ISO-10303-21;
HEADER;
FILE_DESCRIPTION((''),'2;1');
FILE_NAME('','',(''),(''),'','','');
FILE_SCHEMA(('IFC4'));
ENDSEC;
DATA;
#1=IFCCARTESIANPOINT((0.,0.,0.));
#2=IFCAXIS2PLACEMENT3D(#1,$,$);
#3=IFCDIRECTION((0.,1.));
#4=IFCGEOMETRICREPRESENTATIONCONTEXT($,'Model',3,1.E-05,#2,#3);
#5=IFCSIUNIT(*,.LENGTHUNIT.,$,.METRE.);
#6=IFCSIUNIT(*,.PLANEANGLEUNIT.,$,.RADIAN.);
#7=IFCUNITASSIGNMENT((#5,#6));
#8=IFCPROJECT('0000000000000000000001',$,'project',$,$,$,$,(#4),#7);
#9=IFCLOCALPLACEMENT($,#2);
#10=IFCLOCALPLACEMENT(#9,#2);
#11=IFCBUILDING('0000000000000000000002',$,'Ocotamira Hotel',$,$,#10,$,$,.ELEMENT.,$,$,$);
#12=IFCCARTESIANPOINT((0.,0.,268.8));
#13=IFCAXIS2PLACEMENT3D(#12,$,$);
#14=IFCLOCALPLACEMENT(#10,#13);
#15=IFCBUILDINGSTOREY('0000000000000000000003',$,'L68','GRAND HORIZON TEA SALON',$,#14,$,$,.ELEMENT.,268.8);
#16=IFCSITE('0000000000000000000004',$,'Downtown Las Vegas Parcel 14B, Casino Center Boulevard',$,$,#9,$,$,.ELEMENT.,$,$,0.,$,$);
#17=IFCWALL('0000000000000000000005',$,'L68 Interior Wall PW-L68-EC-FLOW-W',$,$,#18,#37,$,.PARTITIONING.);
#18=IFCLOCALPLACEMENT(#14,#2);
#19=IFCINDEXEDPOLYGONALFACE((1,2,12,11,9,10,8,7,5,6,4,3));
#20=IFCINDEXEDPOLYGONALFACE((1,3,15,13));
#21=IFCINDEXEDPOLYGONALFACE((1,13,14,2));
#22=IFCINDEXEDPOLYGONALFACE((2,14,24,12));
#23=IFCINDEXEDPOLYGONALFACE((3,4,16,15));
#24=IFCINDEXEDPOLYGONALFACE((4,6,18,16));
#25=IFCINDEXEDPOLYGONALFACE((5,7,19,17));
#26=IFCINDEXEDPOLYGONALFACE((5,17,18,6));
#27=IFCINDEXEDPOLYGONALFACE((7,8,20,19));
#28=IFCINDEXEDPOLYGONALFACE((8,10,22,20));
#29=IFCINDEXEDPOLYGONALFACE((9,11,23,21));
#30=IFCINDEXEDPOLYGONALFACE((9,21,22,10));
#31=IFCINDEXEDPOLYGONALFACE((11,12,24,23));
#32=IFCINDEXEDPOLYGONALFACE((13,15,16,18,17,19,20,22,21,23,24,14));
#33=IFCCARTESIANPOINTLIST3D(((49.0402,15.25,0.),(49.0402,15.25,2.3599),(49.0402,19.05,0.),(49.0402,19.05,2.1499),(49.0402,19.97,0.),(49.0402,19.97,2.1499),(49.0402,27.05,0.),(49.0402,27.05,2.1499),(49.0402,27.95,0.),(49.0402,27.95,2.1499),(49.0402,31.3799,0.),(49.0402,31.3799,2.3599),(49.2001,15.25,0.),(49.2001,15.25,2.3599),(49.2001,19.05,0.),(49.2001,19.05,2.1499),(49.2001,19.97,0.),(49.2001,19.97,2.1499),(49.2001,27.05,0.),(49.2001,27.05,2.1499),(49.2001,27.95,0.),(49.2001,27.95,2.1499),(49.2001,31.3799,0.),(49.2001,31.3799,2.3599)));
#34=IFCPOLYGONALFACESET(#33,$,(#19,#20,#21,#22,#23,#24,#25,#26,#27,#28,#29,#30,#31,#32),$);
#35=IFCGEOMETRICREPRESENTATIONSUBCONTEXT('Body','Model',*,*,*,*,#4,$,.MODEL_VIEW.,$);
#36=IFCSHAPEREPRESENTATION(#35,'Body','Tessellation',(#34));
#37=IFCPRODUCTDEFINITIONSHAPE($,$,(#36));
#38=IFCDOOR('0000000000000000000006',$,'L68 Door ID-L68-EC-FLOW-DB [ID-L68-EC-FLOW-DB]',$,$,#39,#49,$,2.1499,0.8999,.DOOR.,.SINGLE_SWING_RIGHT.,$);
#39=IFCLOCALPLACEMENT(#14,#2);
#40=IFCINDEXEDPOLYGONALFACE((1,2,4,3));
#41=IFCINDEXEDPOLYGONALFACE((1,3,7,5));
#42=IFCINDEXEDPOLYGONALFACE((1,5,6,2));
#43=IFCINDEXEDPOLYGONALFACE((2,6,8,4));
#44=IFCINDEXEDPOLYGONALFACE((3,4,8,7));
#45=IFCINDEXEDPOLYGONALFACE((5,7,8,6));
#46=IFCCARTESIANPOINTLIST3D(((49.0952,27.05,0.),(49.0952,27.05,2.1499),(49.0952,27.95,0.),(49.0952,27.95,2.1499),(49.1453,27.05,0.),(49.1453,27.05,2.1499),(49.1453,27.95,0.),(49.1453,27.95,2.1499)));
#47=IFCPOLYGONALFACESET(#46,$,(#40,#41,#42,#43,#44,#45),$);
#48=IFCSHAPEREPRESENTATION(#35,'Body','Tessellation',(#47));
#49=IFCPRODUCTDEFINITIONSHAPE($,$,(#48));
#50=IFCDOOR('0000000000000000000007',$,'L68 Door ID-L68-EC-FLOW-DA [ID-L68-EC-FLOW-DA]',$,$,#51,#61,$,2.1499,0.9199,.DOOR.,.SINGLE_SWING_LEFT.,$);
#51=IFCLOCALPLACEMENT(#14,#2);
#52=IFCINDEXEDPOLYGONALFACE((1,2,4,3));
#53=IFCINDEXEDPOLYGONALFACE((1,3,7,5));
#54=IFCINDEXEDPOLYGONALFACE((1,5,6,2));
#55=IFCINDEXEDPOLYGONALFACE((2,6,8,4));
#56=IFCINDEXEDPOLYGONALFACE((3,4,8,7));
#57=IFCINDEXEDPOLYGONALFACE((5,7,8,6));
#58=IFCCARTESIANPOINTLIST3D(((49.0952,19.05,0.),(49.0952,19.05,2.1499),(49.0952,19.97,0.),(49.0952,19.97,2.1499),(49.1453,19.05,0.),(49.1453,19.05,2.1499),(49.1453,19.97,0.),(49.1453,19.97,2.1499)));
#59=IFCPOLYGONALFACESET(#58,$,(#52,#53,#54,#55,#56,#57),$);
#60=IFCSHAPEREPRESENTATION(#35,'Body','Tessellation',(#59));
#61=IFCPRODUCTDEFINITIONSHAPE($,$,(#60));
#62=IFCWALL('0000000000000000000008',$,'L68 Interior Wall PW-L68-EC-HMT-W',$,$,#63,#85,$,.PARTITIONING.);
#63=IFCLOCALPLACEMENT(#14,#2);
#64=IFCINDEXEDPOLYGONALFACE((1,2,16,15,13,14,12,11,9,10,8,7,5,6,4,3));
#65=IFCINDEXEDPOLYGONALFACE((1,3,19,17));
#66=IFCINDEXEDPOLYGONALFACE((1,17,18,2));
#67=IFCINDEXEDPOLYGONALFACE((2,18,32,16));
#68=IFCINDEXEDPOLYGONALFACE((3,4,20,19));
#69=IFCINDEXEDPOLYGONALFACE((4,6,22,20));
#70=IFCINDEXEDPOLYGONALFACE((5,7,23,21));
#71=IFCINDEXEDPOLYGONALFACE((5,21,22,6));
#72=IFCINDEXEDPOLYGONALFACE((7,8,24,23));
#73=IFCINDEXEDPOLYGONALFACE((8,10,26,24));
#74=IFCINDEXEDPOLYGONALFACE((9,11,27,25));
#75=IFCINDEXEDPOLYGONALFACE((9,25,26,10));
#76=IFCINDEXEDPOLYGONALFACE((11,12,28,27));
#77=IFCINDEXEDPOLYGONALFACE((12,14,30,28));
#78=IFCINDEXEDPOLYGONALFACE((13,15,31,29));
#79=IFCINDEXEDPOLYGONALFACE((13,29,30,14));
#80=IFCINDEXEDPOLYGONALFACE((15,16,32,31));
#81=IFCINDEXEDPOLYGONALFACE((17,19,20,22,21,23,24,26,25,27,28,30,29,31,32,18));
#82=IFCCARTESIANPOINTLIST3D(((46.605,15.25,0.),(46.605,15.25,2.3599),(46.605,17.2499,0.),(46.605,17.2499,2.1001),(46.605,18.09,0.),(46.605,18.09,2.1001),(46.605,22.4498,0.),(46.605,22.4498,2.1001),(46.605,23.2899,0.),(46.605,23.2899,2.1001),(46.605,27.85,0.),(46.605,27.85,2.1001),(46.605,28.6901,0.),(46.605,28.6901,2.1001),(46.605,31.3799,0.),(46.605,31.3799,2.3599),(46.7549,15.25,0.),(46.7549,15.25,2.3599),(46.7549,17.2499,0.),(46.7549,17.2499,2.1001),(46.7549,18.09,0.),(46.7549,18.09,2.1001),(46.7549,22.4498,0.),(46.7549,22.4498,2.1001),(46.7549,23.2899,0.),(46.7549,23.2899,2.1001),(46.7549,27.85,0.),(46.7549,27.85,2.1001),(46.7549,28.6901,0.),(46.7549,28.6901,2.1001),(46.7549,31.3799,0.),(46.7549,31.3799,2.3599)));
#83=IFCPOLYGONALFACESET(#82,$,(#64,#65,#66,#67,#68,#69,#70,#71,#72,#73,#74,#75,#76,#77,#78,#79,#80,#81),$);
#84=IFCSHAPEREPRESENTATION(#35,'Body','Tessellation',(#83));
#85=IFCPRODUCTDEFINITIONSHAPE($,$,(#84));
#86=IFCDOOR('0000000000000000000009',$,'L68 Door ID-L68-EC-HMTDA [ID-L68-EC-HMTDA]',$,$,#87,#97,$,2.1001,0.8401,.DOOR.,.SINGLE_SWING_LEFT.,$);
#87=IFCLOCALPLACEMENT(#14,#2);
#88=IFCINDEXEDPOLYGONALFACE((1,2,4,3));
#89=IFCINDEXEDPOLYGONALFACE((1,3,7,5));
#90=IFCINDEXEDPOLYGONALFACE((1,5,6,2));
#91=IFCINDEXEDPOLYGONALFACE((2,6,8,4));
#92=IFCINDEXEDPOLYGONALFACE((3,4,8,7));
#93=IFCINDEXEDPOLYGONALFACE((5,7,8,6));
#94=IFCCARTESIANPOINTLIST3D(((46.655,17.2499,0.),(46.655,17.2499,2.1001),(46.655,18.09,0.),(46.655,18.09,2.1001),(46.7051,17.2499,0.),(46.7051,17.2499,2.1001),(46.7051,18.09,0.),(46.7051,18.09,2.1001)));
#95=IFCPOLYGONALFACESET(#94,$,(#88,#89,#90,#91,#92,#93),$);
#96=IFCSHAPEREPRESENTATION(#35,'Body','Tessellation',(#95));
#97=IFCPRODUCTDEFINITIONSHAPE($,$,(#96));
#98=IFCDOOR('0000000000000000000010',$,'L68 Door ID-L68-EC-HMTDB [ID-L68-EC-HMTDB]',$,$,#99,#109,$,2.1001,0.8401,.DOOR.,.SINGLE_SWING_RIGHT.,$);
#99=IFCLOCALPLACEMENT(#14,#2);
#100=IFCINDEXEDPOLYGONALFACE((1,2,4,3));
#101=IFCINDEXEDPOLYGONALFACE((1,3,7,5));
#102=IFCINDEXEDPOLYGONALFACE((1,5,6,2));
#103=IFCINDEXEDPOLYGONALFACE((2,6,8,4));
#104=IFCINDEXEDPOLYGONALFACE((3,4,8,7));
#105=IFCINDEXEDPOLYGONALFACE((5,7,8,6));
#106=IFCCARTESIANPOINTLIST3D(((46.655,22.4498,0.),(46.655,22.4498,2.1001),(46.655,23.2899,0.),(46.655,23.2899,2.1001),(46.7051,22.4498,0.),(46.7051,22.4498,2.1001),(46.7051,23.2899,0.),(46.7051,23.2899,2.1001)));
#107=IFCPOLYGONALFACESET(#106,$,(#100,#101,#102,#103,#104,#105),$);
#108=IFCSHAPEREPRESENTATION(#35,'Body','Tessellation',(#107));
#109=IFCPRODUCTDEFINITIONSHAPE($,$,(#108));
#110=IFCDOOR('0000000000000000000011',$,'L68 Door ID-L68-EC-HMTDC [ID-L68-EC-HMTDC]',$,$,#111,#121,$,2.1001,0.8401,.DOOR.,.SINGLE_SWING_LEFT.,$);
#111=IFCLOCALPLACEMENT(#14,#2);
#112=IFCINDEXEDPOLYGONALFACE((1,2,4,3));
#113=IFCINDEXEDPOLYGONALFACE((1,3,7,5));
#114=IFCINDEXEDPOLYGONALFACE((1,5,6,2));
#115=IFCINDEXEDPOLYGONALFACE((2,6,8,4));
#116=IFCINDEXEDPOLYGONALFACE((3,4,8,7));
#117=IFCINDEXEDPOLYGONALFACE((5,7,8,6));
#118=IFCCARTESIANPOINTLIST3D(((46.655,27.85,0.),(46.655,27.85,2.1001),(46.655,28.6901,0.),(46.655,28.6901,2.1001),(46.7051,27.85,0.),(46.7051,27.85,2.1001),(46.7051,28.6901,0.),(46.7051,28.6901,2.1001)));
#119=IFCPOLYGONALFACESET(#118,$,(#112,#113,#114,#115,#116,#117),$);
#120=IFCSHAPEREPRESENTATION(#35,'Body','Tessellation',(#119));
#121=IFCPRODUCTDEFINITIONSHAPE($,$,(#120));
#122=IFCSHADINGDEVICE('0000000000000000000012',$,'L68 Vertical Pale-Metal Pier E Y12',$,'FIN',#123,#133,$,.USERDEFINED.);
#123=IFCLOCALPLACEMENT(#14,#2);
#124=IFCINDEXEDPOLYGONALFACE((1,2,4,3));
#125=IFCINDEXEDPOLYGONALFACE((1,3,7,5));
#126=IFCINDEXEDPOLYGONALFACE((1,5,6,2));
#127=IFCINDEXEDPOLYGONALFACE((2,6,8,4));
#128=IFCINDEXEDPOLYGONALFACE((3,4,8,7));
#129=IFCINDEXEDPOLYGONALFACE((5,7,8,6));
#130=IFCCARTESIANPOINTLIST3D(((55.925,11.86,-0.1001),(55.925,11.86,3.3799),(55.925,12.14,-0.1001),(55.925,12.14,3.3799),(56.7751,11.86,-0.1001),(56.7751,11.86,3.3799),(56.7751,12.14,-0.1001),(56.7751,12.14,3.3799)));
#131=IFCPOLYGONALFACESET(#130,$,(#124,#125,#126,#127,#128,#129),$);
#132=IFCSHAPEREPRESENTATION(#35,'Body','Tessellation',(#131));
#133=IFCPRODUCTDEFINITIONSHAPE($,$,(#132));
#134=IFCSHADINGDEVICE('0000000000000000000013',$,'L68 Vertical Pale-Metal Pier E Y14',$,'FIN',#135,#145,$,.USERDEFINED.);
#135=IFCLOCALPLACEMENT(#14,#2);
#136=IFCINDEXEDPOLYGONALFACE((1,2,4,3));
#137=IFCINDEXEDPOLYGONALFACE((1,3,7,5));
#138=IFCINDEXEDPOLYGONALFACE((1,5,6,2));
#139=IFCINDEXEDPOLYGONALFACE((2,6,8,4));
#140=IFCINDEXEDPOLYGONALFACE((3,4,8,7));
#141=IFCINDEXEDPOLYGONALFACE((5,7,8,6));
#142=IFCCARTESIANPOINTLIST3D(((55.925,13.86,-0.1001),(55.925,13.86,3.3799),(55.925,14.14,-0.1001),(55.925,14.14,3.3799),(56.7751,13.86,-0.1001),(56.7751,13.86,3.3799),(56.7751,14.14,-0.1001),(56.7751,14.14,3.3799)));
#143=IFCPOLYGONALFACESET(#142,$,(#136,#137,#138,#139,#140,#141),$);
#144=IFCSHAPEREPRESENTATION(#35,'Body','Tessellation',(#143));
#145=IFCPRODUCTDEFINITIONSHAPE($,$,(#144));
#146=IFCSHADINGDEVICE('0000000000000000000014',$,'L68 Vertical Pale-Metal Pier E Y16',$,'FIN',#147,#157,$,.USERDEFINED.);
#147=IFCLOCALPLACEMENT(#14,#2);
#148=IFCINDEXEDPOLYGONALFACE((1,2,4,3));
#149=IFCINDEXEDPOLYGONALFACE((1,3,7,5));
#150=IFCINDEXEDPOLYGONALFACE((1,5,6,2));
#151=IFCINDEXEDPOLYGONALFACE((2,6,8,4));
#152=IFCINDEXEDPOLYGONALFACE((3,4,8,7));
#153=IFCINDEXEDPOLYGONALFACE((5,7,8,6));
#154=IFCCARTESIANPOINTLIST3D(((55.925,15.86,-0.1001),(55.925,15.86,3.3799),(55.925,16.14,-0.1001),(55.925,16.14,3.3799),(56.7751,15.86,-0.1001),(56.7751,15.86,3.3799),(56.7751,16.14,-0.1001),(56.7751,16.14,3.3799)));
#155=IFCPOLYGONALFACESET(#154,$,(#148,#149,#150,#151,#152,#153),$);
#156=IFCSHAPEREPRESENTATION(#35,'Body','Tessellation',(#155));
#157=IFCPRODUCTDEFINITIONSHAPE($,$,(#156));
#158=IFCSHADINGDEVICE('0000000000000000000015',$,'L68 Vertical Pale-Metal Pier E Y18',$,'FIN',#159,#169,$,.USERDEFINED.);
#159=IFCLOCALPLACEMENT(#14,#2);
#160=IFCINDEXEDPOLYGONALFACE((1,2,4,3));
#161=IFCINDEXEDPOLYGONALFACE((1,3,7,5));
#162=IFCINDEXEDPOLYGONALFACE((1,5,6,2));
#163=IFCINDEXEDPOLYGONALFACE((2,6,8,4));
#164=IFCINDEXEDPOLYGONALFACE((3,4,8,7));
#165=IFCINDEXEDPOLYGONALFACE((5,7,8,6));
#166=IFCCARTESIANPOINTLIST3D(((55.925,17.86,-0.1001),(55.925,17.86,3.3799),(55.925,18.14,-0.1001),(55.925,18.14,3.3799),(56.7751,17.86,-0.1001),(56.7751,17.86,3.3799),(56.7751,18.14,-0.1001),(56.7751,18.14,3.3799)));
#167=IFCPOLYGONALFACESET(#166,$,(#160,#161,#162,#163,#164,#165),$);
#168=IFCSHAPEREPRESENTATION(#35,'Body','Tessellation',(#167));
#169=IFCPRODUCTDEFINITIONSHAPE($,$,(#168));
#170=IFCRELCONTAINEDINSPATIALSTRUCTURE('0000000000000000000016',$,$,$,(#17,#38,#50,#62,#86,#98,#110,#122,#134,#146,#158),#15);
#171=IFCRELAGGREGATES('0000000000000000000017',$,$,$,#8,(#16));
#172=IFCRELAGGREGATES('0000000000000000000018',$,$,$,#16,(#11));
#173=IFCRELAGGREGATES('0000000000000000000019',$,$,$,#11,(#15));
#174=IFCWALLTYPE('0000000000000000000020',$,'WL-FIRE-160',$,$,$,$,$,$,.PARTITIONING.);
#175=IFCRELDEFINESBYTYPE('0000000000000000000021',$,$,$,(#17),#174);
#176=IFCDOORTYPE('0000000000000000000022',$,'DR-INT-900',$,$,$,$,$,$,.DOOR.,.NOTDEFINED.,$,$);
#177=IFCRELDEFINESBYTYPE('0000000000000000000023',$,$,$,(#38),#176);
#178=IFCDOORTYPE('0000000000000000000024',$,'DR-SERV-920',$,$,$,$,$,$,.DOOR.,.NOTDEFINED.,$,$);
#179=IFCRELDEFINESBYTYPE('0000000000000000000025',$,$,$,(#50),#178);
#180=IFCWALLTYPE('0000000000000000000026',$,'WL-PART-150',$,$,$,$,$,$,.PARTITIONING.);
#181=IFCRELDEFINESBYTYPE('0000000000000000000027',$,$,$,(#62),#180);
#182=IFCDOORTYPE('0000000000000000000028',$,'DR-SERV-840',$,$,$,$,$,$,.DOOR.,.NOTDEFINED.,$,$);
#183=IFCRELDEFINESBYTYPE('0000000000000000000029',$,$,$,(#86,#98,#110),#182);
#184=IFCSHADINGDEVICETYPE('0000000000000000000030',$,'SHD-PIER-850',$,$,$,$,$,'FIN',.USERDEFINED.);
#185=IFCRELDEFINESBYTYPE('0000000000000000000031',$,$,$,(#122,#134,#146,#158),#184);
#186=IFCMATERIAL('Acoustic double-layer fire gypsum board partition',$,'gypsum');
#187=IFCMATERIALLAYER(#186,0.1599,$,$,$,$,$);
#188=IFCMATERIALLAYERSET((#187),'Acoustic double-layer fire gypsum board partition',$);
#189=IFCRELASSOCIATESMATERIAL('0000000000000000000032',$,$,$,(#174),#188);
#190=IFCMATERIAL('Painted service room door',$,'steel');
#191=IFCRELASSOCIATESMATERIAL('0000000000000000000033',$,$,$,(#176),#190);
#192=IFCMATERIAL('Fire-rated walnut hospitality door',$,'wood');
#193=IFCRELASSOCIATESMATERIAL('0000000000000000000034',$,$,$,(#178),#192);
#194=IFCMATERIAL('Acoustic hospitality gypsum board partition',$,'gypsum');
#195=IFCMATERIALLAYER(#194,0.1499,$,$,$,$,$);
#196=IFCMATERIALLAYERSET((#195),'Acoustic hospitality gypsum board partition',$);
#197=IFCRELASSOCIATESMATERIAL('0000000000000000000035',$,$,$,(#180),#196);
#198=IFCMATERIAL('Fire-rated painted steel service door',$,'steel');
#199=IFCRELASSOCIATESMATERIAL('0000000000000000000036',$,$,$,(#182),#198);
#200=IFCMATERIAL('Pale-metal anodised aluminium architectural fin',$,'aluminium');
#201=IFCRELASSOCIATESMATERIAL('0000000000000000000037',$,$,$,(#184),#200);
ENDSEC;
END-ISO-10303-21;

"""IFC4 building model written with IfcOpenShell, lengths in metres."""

from ifc_helpers import new_model, si_unit, direction, frame, frame_2d, origin, origin_2d, place, context, subcontext, project, spatial, rectangle, extrude, source, transform, mapped, material, layer, layer_set, type_object, element, fill, save


model = new_model("IFC4")

# Units and contexts
model_context = context("Model", 3, precision=1e-05, world=origin(), true_north=direction((0.0, 1.0)))
body_context = subcontext(model_context, "Body", "Model", "MODEL_VIEW")
ifc_project = project(units=[si_unit("LENGTHUNIT", "METRE"), si_unit("PLANEANGLEUNIT", "RADIAN")], contexts=[model_context])

# Site, building, storey
site_placement = place(None, origin())
site = spatial("IfcSite", under=ifc_project, at=site_placement, Name="Downtown Las Vegas Parcel 14B, Casino Center Boulevard", CompositionType="ELEMENT", RefElevation=0.0)
building_placement = place(site_placement, origin())
building = spatial("IfcBuilding", under=site, at=building_placement, Name="Ocotamira Hotel", CompositionType="ELEMENT")
storey_placement = place(building_placement, frame((0.0, 0.0, 268.8)))
storey = spatial("IfcBuildingStorey", under=building, at=storey_placement, Name="L68", Description="GRAND HORIZON TEA SALON", CompositionType="ELEMENT", Elevation=268.8)

# Wall, openings, doors
ifc_material_1 = material(Name="Acoustic double-layer fire gypsum board partition", Category="gypsum")
ifc_layer_1 = layer(ifc_material_1, 0.1599)
ifc_layer_set_1 = layer_set([ifc_layer_1], Name="Acoustic double-layer fire gypsum board partition")
wall_type_1 = type_object("IfcWallType", Name="WL-FIRE-160", PredefinedType="PARTITIONING", material=ifc_layer_set_1)
wall_1_placement = place(storey_placement, frame((49.1201, 15.25, 0.0), z_axis=(0.0, 0.0, 1.0), x_axis=(0.0, 1.0, 0.0)))
wall_1 = element("IfcWall", 1, at=wall_1_placement, inside=storey, type_object=wall_type_1, Name="L68 Interior Wall PW-L68-EC-FLOW-W", PredefinedType="PARTITIONING", context=body_context, shape_type="SweptSolid", body=[
    extrude(rectangle(XDim=16.1299, YDim=0.1599, at=frame_2d((8.0649, 0.0))), origin(), (0.0, 0.0, 1.0), 2.3599),
])
opening_1_placement = place(wall_1_placement, frame((3.8, 0.0, 0.0)))
opening_1 = element("IfcOpeningElement", 2, at=opening_1_placement, cuts=wall_1, PredefinedType="OPENING", context=body_context, shape_type="SweptSolid", body=[
    extrude(rectangle(XDim=0.9199, YDim=2.1499, at=frame_2d((0.46, 1.075))), frame((0.0, 0.0898, 0.0), z_axis=(0.0, -1.0, 0.0), x_axis=(1.0, 0.0, 0.0)), (0.0, 0.0, 1.0), 0.1799),
])
opening_2_placement = place(wall_1_placement, frame((11.8, 0.0, 0.0)))
opening_2 = element("IfcOpeningElement", 3, at=opening_2_placement, cuts=wall_1, PredefinedType="OPENING", context=body_context, shape_type="SweptSolid", body=[
    extrude(rectangle(XDim=0.8999, YDim=2.1499, at=frame_2d((0.45, 1.075))), frame((0.0, 0.0898, 0.0), z_axis=(0.0, -1.0, 0.0), x_axis=(1.0, 0.0, 0.0)), (0.0, 0.0, 1.0), 0.1799),
])
ifc_material_2 = material(Name="Painted service room door", Category="steel")
door_type_1 = type_object("IfcDoorType", Name="DR-INT-900", OperationType="NOTDEFINED", PredefinedType="DOOR", material=ifc_material_2)
shared_shape_1 = source(origin(), body_context, "Body", "SweptSolid", [
    extrude(rectangle(XDim=0.8999, YDim=2.1499, at=frame_2d((0.45, 1.075))), frame((0.0, 0.0249, 0.0), z_axis=(0.0, -1.0, 0.0), x_axis=(1.0, 0.0, 0.0)), (0.0, 0.0, 1.0), 0.05),
])
door_1_placement = place(opening_2_placement, origin())
door_1 = element("IfcDoor", 4, at=door_1_placement, inside=storey, type_object=door_type_1, Name="L68 Door ID-L68-EC-FLOW-DB [ID-L68-EC-FLOW-DB]", OperationType="SINGLE_SWING_RIGHT", OverallHeight=2.1499, OverallWidth=0.8999, PredefinedType="DOOR", context=body_context, shape_type="MappedRepresentation", body=[
    mapped(shared_shape_1, transform((0.0, 0.0, 0.0), scale=1.0)),
])
fill(opening_2, door_1)
ifc_material_3 = material(Name="Fire-rated walnut hospitality door", Category="wood")
door_type_2 = type_object("IfcDoorType", Name="DR-SERV-920", OperationType="NOTDEFINED", PredefinedType="DOOR", material=ifc_material_3)
shared_shape_2 = source(origin(), body_context, "Body", "SweptSolid", [
    extrude(rectangle(XDim=0.9199, YDim=2.1499, at=frame_2d((0.46, 1.075))), frame((0.0, 0.0249, 0.0), z_axis=(0.0, -1.0, 0.0), x_axis=(1.0, 0.0, 0.0)), (0.0, 0.0, 1.0), 0.05),
])
door_2_placement = place(opening_1_placement, origin())
door_2 = element("IfcDoor", 5, at=door_2_placement, inside=storey, type_object=door_type_2, Name="L68 Door ID-L68-EC-FLOW-DA [ID-L68-EC-FLOW-DA]", OperationType="SINGLE_SWING_LEFT", OverallHeight=2.1499, OverallWidth=0.9199, PredefinedType="DOOR", context=body_context, shape_type="MappedRepresentation", body=[
    mapped(shared_shape_2, transform((0.0, 0.0, 0.0), scale=1.0)),
])
fill(opening_1, door_2)

# Wall, openings, doors
ifc_material_4 = material(Name="Acoustic hospitality gypsum board partition", Category="gypsum")
ifc_layer_2 = layer(ifc_material_4, 0.1499)
ifc_layer_set_2 = layer_set([ifc_layer_2], Name="Acoustic hospitality gypsum board partition")
wall_type_2 = type_object("IfcWallType", Name="WL-PART-150", PredefinedType="PARTITIONING", material=ifc_layer_set_2)
wall_2_placement = place(storey_placement, frame((46.6799, 15.25, 0.0), z_axis=(0.0, 0.0, 1.0), x_axis=(0.0, 1.0, 0.0)))
wall_2 = element("IfcWall", 6, at=wall_2_placement, inside=storey, type_object=wall_type_2, Name="L68 Interior Wall PW-L68-EC-HMT-W", PredefinedType="PARTITIONING", context=body_context, shape_type="SweptSolid", body=[
    extrude(rectangle(XDim=16.1299, YDim=0.1499, at=frame_2d((8.0649, 0.0))), origin(), (0.0, 0.0, 1.0), 2.3599),
])
opening_3_placement = place(wall_2_placement, frame((2.0, 0.0, 0.0)))
opening_3 = element("IfcOpeningElement", 7, at=opening_3_placement, cuts=wall_2, PredefinedType="OPENING", context=body_context, shape_type="SweptSolid", body=[
    extrude(rectangle(XDim=0.8401, YDim=2.1001, at=frame_2d((0.4199, 1.05))), frame((0.0, 0.085, 0.0), z_axis=(0.0, -1.0, 0.0), x_axis=(1.0, 0.0, 0.0)), (0.0, 0.0, 1.0), 0.1699),
])
opening_4_placement = place(wall_2_placement, frame((7.2, 0.0, 0.0)))
opening_4 = element("IfcOpeningElement", 8, at=opening_4_placement, cuts=wall_2, PredefinedType="OPENING", context=body_context, shape_type="SweptSolid", body=[
    extrude(rectangle(XDim=0.8401, YDim=2.1001, at=frame_2d((0.4199, 1.05))), frame((0.0, 0.085, 0.0), z_axis=(0.0, -1.0, 0.0), x_axis=(1.0, 0.0, 0.0)), (0.0, 0.0, 1.0), 0.1699),
])
opening_5_placement = place(wall_2_placement, frame((12.6001, 0.0, 0.0)))
opening_5 = element("IfcOpeningElement", 9, at=opening_5_placement, cuts=wall_2, PredefinedType="OPENING", context=body_context, shape_type="SweptSolid", body=[
    extrude(rectangle(XDim=0.8401, YDim=2.1001, at=frame_2d((0.4199, 1.05))), frame((0.0, 0.085, 0.0), z_axis=(0.0, -1.0, 0.0), x_axis=(1.0, 0.0, 0.0)), (0.0, 0.0, 1.0), 0.1699),
])
ifc_material_5 = material(Name="Fire-rated painted steel service door", Category="steel")
door_type_3 = type_object("IfcDoorType", Name="DR-SERV-840", OperationType="NOTDEFINED", PredefinedType="DOOR", material=ifc_material_5)
shared_shape_3 = source(origin(), body_context, "Body", "SweptSolid", [
    extrude(rectangle(XDim=0.8401, YDim=2.1001, at=frame_2d((0.4199, 1.05))), frame((0.0, 0.0249, 0.0), z_axis=(0.0, -1.0, 0.0), x_axis=(1.0, 0.0, 0.0)), (0.0, 0.0, 1.0), 0.05),
])
door_3_placement = place(opening_3_placement, origin())
door_3 = element("IfcDoor", 10, at=door_3_placement, inside=storey, type_object=door_type_3, Name="L68 Door ID-L68-EC-HMTDA [ID-L68-EC-HMTDA]", OperationType="SINGLE_SWING_LEFT", OverallHeight=2.1001, OverallWidth=0.8401, PredefinedType="DOOR", context=body_context, shape_type="MappedRepresentation", body=[
    mapped(shared_shape_3, transform((0.0, 0.0, 0.0), scale=1.0)),
])
fill(opening_3, door_3)
door_4_placement = place(opening_4_placement, origin())
door_4 = element("IfcDoor", 11, at=door_4_placement, inside=storey, type_object=door_type_3, Name="L68 Door ID-L68-EC-HMTDB [ID-L68-EC-HMTDB]", OperationType="SINGLE_SWING_RIGHT", OverallHeight=2.1001, OverallWidth=0.8401, PredefinedType="DOOR", context=body_context, shape_type="MappedRepresentation", body=[
    mapped(shared_shape_3, transform((0.0, 0.0, 0.0), scale=1.0)),
])
fill(opening_4, door_4)
door_5_placement = place(opening_5_placement, origin())
door_5 = element("IfcDoor", 12, at=door_5_placement, inside=storey, type_object=door_type_3, Name="L68 Door ID-L68-EC-HMTDC [ID-L68-EC-HMTDC]", OperationType="SINGLE_SWING_LEFT", OverallHeight=2.1001, OverallWidth=0.8401, PredefinedType="DOOR", context=body_context, shape_type="MappedRepresentation", body=[
    mapped(shared_shape_3, transform((0.0, 0.0, 0.0), scale=1.0)),
])
fill(opening_5, door_5)

# Shading devices
ifc_material_6 = material(Name="Pale-metal anodised aluminium architectural fin", Category="aluminium")
shading_device_type = type_object("IfcShadingDeviceType", Name="SHD-PIER-850", ElementType="FIN", PredefinedType="USERDEFINED", material=ifc_material_6)
shared_shape_4 = source(origin(), body_context, "Body", "SweptSolid", [
    extrude(rectangle(XDim=0.8501, YDim=0.28, at=origin_2d()), origin(), (0.0, 0.0, 1.0), 3.48),
])
for number, where, z_axis, x_axis, name in (
    (13, (56.3501, 12.0, -0.1001), (0.0, 0.0, 1.0), (1.0, 0.0, 0.0), "L68 Vertical Pale-Metal Pier E Y12"),
    (14, (56.3501, 14.0, -0.1001), (0.0, 0.0, 1.0), (1.0, 0.0, 0.0), "L68 Vertical Pale-Metal Pier E Y14"),
    (15, (56.3501, 16.0, -0.1001), (0.0, 0.0, 1.0), (1.0, 0.0, 0.0), "L68 Vertical Pale-Metal Pier E Y16"),
    (16, (56.3501, 18.0, -0.1001), (0.0, 0.0, 1.0), (1.0, 0.0, 0.0), "L68 Vertical Pale-Metal Pier E Y18"),
):
    element("IfcShadingDevice", number, at=place(storey_placement, frame(where, z_axis=z_axis, x_axis=x_axis)), inside=storey, type_object=shading_device_type, Name=name, ObjectType="FIN", PredefinedType="USERDEFINED", context=body_context, shape_type="MappedRepresentation", body=[
        mapped(shared_shape_4, transform((0.0, 0.0, 0.0), scale=1.0)),
    ])

save(model, "model.ifc")
